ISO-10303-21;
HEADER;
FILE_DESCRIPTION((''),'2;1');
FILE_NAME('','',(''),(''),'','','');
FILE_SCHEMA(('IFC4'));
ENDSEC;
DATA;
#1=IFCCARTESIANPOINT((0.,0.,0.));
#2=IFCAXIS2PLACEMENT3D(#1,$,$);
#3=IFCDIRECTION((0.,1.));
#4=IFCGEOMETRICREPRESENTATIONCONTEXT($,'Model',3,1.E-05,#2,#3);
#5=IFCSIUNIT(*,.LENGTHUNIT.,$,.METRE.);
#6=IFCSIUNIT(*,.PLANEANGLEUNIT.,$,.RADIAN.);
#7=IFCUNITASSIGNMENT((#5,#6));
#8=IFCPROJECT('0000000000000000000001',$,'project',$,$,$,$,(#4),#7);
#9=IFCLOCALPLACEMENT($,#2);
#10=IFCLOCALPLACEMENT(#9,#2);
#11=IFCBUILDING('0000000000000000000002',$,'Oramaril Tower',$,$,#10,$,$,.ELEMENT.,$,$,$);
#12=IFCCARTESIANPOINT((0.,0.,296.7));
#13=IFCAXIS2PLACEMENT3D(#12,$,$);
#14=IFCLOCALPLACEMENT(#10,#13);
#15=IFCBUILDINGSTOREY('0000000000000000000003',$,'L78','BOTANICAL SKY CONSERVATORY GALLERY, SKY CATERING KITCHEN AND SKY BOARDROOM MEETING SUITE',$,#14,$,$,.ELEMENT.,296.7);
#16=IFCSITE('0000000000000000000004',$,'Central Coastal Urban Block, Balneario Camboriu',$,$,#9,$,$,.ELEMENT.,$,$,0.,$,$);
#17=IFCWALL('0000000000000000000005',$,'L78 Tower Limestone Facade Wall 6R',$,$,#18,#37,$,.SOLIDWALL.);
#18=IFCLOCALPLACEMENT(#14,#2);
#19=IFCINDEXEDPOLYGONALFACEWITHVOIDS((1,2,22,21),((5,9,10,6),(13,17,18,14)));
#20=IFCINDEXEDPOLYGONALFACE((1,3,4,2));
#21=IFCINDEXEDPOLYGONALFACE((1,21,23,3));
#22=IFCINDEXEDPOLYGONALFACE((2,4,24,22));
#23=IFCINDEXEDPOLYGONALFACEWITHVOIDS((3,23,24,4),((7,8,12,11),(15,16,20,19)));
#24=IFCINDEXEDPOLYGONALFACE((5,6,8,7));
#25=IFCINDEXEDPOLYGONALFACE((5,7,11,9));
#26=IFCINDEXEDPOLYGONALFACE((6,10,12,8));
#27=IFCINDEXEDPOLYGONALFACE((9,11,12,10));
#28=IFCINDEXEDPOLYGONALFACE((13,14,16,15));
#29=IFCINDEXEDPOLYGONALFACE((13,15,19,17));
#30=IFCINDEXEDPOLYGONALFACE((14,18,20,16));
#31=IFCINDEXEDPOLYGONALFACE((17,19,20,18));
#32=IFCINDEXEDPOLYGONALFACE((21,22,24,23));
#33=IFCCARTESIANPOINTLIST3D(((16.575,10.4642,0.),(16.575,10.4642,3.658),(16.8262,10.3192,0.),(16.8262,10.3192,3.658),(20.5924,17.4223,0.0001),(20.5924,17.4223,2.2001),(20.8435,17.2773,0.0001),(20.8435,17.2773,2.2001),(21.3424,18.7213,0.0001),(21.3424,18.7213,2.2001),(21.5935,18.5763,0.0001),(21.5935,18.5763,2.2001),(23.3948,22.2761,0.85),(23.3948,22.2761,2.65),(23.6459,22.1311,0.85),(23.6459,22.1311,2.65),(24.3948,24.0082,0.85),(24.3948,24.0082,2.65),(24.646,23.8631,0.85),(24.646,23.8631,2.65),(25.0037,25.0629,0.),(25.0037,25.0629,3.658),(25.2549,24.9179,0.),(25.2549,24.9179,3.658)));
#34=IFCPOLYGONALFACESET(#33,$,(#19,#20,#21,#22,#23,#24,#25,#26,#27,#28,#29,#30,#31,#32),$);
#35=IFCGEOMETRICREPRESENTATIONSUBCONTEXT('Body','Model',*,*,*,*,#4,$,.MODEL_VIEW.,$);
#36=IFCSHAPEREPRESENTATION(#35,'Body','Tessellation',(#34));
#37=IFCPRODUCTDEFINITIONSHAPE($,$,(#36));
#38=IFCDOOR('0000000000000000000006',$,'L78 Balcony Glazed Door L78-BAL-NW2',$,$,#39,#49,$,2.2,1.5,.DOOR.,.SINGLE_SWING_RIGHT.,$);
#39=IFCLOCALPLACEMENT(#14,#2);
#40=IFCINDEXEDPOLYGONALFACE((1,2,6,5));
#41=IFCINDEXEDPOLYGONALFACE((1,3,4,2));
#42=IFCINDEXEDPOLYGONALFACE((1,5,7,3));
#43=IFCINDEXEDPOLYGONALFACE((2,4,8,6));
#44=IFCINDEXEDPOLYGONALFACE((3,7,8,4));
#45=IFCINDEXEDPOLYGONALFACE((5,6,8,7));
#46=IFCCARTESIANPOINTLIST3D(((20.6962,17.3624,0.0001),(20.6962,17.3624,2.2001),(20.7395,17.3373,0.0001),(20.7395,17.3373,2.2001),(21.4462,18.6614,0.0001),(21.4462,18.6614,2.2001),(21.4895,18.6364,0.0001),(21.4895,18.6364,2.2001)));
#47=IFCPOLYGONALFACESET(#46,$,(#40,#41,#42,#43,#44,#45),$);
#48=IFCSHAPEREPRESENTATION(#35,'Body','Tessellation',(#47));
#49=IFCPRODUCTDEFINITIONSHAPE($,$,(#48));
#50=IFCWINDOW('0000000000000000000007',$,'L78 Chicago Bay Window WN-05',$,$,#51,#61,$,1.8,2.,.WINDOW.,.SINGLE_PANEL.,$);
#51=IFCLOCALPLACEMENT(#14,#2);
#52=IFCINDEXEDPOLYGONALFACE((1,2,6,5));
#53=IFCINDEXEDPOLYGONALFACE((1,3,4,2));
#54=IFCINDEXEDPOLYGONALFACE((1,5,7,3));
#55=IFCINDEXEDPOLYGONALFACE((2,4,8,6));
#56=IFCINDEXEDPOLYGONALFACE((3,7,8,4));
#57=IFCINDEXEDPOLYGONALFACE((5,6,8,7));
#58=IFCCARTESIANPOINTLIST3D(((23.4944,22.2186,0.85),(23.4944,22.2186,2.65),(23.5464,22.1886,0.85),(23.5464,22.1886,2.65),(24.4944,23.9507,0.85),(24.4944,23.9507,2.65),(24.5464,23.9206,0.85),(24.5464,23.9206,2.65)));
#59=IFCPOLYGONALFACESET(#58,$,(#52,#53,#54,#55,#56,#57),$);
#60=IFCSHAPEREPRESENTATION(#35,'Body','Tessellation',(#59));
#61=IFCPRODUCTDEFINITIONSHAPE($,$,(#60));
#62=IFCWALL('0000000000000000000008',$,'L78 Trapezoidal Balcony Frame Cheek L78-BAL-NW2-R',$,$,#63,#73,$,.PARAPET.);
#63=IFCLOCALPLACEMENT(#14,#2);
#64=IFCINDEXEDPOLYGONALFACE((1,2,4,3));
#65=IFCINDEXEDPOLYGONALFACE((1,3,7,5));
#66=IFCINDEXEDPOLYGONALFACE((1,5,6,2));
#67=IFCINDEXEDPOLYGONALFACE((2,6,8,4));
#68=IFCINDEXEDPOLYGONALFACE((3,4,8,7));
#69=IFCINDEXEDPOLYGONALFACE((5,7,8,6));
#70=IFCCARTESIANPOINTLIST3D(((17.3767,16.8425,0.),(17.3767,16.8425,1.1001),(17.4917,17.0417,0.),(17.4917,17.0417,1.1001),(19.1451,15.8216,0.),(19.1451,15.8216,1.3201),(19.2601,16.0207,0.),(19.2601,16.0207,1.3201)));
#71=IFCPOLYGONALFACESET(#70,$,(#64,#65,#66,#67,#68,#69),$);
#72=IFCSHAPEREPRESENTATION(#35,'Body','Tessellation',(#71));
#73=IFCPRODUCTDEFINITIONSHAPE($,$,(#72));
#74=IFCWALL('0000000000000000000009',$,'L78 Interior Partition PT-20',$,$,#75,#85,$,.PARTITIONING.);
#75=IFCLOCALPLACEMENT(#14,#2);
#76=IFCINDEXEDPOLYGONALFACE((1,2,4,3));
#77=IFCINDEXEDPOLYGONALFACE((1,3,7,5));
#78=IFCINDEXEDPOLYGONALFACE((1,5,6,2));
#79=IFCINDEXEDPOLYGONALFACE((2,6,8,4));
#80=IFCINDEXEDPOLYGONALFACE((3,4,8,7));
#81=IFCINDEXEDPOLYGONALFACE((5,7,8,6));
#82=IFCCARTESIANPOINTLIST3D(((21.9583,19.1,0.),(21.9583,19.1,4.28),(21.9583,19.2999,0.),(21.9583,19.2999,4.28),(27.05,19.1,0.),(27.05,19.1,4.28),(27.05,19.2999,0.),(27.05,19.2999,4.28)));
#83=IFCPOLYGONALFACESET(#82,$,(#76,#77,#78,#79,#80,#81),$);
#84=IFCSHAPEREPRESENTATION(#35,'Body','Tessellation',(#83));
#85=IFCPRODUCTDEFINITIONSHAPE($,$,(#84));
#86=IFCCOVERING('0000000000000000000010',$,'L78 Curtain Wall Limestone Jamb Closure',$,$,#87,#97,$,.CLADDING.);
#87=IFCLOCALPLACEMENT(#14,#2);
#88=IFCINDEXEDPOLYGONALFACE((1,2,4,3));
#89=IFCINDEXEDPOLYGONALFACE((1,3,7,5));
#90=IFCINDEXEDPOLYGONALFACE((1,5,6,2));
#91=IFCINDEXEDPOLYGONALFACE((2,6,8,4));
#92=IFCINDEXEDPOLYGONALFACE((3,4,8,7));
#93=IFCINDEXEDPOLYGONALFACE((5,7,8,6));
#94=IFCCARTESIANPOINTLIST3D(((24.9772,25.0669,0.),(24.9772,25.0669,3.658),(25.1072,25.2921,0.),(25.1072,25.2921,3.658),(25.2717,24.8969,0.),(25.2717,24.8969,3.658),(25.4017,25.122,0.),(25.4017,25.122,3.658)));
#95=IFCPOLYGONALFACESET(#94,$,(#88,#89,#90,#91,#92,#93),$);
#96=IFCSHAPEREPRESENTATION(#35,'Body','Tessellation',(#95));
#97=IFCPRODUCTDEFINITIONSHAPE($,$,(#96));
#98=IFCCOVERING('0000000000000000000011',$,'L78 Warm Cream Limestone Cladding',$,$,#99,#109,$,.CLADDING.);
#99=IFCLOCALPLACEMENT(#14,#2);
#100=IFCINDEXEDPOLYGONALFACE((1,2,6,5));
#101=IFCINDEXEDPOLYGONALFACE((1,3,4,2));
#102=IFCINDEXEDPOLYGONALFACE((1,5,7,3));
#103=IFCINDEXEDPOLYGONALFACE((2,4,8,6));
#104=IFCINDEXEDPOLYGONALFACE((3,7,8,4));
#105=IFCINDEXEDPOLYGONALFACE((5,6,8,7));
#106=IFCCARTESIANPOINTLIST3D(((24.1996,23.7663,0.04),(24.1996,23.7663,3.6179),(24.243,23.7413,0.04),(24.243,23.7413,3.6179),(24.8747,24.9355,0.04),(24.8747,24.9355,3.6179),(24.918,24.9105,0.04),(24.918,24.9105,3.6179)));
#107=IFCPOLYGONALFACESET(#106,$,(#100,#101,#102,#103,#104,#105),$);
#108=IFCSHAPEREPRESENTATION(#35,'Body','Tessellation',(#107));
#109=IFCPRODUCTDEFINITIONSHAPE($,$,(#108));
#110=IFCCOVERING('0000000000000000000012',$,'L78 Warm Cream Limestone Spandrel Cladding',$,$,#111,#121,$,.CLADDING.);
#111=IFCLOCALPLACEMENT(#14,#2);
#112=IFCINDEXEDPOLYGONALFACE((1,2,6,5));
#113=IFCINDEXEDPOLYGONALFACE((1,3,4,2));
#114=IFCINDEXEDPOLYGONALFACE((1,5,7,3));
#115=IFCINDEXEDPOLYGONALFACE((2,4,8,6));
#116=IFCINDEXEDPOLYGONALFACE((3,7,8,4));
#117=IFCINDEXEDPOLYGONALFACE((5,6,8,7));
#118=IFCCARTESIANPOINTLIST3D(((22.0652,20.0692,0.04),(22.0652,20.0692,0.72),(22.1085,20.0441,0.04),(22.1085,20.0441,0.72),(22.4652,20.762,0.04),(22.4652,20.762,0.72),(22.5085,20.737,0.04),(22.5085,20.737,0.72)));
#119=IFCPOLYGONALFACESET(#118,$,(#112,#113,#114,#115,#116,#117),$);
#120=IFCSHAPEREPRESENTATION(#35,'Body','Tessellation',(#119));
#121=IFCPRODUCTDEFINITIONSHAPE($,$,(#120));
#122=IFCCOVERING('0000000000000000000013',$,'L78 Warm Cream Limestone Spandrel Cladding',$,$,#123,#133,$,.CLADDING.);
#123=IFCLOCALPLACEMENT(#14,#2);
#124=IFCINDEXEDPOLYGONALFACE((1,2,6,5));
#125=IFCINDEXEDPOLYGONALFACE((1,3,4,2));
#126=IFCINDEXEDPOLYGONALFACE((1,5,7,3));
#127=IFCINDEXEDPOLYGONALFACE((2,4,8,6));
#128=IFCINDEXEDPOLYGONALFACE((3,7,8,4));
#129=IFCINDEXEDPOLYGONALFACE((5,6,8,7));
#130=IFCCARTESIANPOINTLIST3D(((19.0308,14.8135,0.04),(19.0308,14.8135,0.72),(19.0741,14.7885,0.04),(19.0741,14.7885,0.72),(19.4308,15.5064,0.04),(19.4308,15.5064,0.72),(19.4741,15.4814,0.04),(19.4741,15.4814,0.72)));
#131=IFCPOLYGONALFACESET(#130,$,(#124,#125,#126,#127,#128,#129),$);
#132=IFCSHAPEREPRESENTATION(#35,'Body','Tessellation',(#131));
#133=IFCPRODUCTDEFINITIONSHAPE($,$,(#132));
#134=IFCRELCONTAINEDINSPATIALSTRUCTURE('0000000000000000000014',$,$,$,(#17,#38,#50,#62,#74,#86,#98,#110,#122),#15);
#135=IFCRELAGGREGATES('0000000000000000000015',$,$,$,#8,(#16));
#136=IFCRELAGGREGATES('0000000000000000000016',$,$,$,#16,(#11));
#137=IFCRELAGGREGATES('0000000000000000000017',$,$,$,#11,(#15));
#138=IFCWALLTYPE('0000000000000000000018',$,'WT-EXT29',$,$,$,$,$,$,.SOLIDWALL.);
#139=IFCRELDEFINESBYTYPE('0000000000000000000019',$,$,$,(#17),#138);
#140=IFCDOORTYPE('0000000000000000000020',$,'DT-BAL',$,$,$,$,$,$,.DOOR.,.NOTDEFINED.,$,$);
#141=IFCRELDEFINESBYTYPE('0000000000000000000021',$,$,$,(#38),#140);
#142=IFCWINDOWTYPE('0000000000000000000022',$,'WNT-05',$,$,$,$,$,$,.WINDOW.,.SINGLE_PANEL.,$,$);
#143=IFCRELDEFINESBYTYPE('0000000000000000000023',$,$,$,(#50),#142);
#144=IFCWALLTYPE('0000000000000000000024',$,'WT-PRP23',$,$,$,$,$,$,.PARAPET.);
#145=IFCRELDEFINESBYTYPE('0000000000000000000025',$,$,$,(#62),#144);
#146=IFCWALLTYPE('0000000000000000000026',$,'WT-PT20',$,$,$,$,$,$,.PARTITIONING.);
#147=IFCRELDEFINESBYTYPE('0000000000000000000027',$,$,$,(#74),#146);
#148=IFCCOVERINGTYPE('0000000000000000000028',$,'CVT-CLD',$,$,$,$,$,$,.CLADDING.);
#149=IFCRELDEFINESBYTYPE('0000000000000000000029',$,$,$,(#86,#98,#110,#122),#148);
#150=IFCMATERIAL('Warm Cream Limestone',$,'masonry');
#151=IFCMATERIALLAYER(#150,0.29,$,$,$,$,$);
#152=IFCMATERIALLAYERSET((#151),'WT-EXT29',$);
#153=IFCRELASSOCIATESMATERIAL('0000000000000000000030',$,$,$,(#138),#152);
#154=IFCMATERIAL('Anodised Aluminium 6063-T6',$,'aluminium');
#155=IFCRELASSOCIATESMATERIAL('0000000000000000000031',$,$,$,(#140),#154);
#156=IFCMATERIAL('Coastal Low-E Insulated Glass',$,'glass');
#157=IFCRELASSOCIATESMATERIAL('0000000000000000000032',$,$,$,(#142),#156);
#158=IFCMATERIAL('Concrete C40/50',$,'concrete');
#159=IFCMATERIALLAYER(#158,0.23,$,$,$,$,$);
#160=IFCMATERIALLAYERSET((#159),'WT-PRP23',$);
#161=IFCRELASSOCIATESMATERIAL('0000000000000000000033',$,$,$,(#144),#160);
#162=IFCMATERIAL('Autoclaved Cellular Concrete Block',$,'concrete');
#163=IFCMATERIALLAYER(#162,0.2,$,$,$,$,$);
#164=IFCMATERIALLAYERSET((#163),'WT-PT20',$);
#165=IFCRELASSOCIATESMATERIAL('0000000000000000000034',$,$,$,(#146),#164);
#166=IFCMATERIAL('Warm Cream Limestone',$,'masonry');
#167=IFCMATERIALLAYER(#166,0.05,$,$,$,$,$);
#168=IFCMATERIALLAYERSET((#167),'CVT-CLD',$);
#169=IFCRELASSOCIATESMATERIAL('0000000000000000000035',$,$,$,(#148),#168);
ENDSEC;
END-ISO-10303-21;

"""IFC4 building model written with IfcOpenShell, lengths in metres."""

from ifc_helpers import new_model, si_unit, direction, frame, frame_2d, origin, origin_2d, place, context, subcontext, project, spatial, polyline, rectangle, outline, extrude, material, layer, layer_set, type_object, element, fill, save


model = new_model("IFC4")

# Units and contexts
model_context = context("Model", 3, precision=1e-05, world=origin(), true_north=direction((0.0, 1.0)))
body_context = subcontext(model_context, "Body", "Model", "MODEL_VIEW")
ifc_project = project(units=[si_unit("LENGTHUNIT", "METRE"), si_unit("PLANEANGLEUNIT", "RADIAN")], contexts=[model_context])

# Site, building, storey
site_placement = place(None, origin())
site = spatial("IfcSite", under=ifc_project, at=site_placement, Name="Central Coastal Urban Block, Balneario Camboriu", CompositionType="ELEMENT", RefElevation=0.0)
building_placement = place(site_placement, origin())
building = spatial("IfcBuilding", under=site, at=building_placement, Name="Oramaril Tower", CompositionType="ELEMENT")
storey_placement = place(building_placement, frame((0.0, 0.0, 296.7)))
storey = spatial("IfcBuildingStorey", under=building, at=storey_placement, Name="L78", Description="BOTANICAL SKY CONSERVATORY GALLERY, SKY CATERING KITCHEN AND SKY BOARDROOM MEETING SUITE", CompositionType="ELEMENT", Elevation=296.7)

# Wall, openings, door, window
ifc_material_1 = material(Name="Warm Cream Limestone", Category="masonry")
ifc_layer_1 = layer(ifc_material_1, 0.29)
ifc_layer_set_1 = layer_set([ifc_layer_1], Name="WT-EXT29")
wall_type_1 = type_object("IfcWallType", Name="WT-EXT29", PredefinedType="SOLIDWALL", material=ifc_layer_set_1)
wall_1_placement = place(storey_placement, frame((25.1294, 24.9905, 0.0), z_axis=(0.0, 0.0, 1.0), x_axis=(-0.500008, -0.866021, 0.0)))
wall_1 = element("IfcWall", 1, at=wall_1_placement, inside=storey, type_object=wall_type_1, Name="L78 Tower Limestone Facade Wall 6R", PredefinedType="SOLIDWALL", context=body_context, shape_type="SweptSolid", body=[
    extrude(rectangle(XDim=16.8572, YDim=0.29, at=frame_2d((8.4287, 0.0))), origin(), (0.0, 0.0, 1.0), 3.658),
])
opening_1_placement = place(wall_1_placement, frame((7.3228, 0.0, 0.0)))
opening_1 = element("IfcOpeningElement", 2, at=opening_1_placement, cuts=wall_1, PredefinedType="OPENING", context=body_context, shape_type="SweptSolid", body=[
    extrude(rectangle(XDim=1.5, YDim=2.2, at=frame_2d((0.75, 1.1001))), frame((0.0, 0.145, 0.0), z_axis=(0.0, -1.0, 0.0), x_axis=(1.0, 0.0, 0.0)), (0.0, 0.0, 1.0), 0.29),
])
opening_2_placement = place(wall_1_placement, frame((1.218, 0.0, 0.8501)))
opening_2 = element("IfcOpeningElement", 3, at=opening_2_placement, cuts=wall_1, PredefinedType="OPENING", context=body_context, shape_type="SweptSolid", body=[
    extrude(rectangle(XDim=2.0, YDim=1.8, at=frame_2d((1.0, 0.8999))), frame((0.0, 0.145, 0.0), z_axis=(0.0, -1.0, 0.0), x_axis=(1.0, 0.0, 0.0)), (0.0, 0.0, 1.0), 0.29),
])
ifc_material_2 = material(Name="Anodised Aluminium 6063-T6", Category="aluminium")
door_type = type_object("IfcDoorType", Name="DT-BAL", OperationType="NOTDEFINED", PredefinedType="DOOR", material=ifc_material_2)
door_placement = place(opening_1_placement, origin())
door = element("IfcDoor", 4, at=door_placement, inside=storey, type_object=door_type, Name="L78 Balcony Glazed Door L78-BAL-NW2", OperationType="SINGLE_SWING_RIGHT", OverallHeight=2.2, OverallWidth=1.5, PredefinedType="DOOR", context=body_context, shape_type="SweptSolid", body=[
    extrude(rectangle(XDim=1.5, YDim=2.2, at=frame_2d((0.75, 1.1001))), frame((0.0, 0.0249, 0.0), z_axis=(0.0, -1.0, 0.0), x_axis=(1.0, 0.0, 0.0)), (0.0, 0.0, 1.0), 0.05),
])
fill(opening_1, door)
ifc_material_3 = material(Name="Coastal Low-E Insulated Glass", Category="glass")
window_type = type_object("IfcWindowType", Name="WNT-05", PartitioningType="SINGLE_PANEL", PredefinedType="WINDOW", material=ifc_material_3)
window_placement = place(opening_2_placement, origin())
window = element("IfcWindow", 5, at=window_placement, inside=storey, type_object=window_type, Name="L78 Chicago Bay Window WN-05", OverallHeight=1.8, OverallWidth=2.0, PartitioningType="SINGLE_PANEL", PredefinedType="WINDOW", context=body_context, shape_type="SweptSolid", body=[
    extrude(rectangle(XDim=2.0, YDim=1.8, at=frame_2d((1.0, 0.8999))), frame((0.0, 0.03, 0.0), z_axis=(0.0, -1.0, 0.0), x_axis=(1.0, 0.0, 0.0)), (0.0, 0.0, 1.0), 0.0601),
])
fill(opening_2, window)

# Walls
ifc_material_4 = material(Name="Concrete C40/50", Category="concrete")
ifc_layer_2 = layer(ifc_material_4, 0.23)
ifc_layer_set_2 = layer_set([ifc_layer_2], Name="WT-PRP23")
wall_type_2 = type_object("IfcWallType", Name="WT-PRP23", PredefinedType="PARAPET", material=ifc_layer_set_2)
wall_2_placement = place(storey_placement, frame((19.2026, 15.9211, 0.0), z_axis=(0.0, 0.0, 1.0), x_axis=(-0.866042, 0.499971, 0.0)))
element("IfcWall", 6, at=wall_2_placement, inside=storey, type_object=wall_type_2, Name="L78 Trapezoidal Balcony Frame Cheek L78-BAL-NW2-R", PredefinedType="PARAPET", context=body_context, shape_type="SweptSolid", body=[
    extrude(outline(polyline([(0.0, 0.0), (2.042, 0.0), (2.042, 1.1001), (0.0, 1.3201), (0.0, 0.0)])), frame((0.0, 0.115, 0.0), z_axis=(0.0, -1.0, 0.0), x_axis=(1.0, 0.0, 0.0)), (0.0, 0.0, 1.0), 0.23),
])
ifc_material_5 = material(Name="Autoclaved Cellular Concrete Block", Category="concrete")
ifc_layer_3 = layer(ifc_material_5, 0.2)
ifc_layer_set_3 = layer_set([ifc_layer_3], Name="WT-PT20")
wall_type_3 = type_object("IfcWallType", Name="WT-PT20", PredefinedType="PARTITIONING", material=ifc_layer_set_3)
wall_3_placement = place(storey_placement, frame((21.9583, 19.2, 0.0), z_axis=(0.0, 0.0, 1.0), x_axis=(1.0, 0.0, 0.0)))
element("IfcWall", 7, at=wall_3_placement, inside=storey, type_object=wall_type_3, Name="L78 Interior Partition PT-20", PredefinedType="PARTITIONING", context=body_context, shape_type="SweptSolid", body=[
    extrude(rectangle(XDim=5.0918, YDim=0.2, at=frame_2d((2.5459, 0.0))), origin(), (0.0, 0.0, 1.0), 4.28),
])

# Coverings
ifc_material_6 = material(Name="Warm Cream Limestone", Category="masonry")
ifc_layer_4 = layer(ifc_material_6, 0.05)
ifc_layer_set_4 = layer_set([ifc_layer_4], Name="CVT-CLD")
covering_type = type_object("IfcCoveringType", Name="CVT-CLD", PredefinedType="CLADDING", material=ifc_layer_set_4)
covering_1_placement = place(storey_placement, frame((25.1895, 25.0945, 0.0), z_axis=(0.0, 0.0, 1.0), x_axis=(-0.5, -0.866025, 0.0)))
element("IfcCovering", 8, at=covering_1_placement, inside=storey, type_object=covering_type, Name="L78 Curtain Wall Limestone Jamb Closure", PredefinedType="CLADDING", context=body_context, shape_type="SweptSolid", body=[
    extrude(rectangle(XDim=0.26, YDim=0.3401, at=origin_2d()), origin(), (0.0, 0.0, 1.0), 3.658),
])
covering_2_placement = place(storey_placement, frame((24.5588, 24.3384, 0.04), z_axis=(0.0, 0.0, 1.0), x_axis=(-0.5, -0.866025, 0.0)))
element("IfcCovering", 9, at=covering_2_placement, inside=storey, type_object=covering_type, Name="L78 Warm Cream Limestone Cladding", PredefinedType="CLADDING", context=body_context, shape_type="SweptSolid", body=[
    extrude(rectangle(XDim=1.3501, YDim=0.05, at=origin_2d()), origin(), (0.0, 0.0, 1.0), 3.5779),
])
for number, where, z_axis, x_axis, name in (
    (10, (22.2869, 20.4031, 0.04), (0.0, 0.0, 1.0), (-0.5, -0.866025, 0.0), "L78 Warm Cream Limestone Spandrel Cladding"),
    (11, (19.2524, 15.1475, 0.04), (0.0, 0.0, 1.0), (-0.5, -0.866025, 0.0), "L78 Warm Cream Limestone Spandrel Cladding"),
):
    element("IfcCovering", number, at=place(storey_placement, frame(where, z_axis=z_axis, x_axis=x_axis)), inside=storey, type_object=covering_type, Name=name, PredefinedType="CLADDING", context=body_context, shape_type="SweptSolid", body=[
        extrude(rectangle(XDim=0.8, YDim=0.05, at=origin_2d()), origin(), (0.0, 0.0, 1.0), 0.6799),
    ])

save(model, "model.ifc")
